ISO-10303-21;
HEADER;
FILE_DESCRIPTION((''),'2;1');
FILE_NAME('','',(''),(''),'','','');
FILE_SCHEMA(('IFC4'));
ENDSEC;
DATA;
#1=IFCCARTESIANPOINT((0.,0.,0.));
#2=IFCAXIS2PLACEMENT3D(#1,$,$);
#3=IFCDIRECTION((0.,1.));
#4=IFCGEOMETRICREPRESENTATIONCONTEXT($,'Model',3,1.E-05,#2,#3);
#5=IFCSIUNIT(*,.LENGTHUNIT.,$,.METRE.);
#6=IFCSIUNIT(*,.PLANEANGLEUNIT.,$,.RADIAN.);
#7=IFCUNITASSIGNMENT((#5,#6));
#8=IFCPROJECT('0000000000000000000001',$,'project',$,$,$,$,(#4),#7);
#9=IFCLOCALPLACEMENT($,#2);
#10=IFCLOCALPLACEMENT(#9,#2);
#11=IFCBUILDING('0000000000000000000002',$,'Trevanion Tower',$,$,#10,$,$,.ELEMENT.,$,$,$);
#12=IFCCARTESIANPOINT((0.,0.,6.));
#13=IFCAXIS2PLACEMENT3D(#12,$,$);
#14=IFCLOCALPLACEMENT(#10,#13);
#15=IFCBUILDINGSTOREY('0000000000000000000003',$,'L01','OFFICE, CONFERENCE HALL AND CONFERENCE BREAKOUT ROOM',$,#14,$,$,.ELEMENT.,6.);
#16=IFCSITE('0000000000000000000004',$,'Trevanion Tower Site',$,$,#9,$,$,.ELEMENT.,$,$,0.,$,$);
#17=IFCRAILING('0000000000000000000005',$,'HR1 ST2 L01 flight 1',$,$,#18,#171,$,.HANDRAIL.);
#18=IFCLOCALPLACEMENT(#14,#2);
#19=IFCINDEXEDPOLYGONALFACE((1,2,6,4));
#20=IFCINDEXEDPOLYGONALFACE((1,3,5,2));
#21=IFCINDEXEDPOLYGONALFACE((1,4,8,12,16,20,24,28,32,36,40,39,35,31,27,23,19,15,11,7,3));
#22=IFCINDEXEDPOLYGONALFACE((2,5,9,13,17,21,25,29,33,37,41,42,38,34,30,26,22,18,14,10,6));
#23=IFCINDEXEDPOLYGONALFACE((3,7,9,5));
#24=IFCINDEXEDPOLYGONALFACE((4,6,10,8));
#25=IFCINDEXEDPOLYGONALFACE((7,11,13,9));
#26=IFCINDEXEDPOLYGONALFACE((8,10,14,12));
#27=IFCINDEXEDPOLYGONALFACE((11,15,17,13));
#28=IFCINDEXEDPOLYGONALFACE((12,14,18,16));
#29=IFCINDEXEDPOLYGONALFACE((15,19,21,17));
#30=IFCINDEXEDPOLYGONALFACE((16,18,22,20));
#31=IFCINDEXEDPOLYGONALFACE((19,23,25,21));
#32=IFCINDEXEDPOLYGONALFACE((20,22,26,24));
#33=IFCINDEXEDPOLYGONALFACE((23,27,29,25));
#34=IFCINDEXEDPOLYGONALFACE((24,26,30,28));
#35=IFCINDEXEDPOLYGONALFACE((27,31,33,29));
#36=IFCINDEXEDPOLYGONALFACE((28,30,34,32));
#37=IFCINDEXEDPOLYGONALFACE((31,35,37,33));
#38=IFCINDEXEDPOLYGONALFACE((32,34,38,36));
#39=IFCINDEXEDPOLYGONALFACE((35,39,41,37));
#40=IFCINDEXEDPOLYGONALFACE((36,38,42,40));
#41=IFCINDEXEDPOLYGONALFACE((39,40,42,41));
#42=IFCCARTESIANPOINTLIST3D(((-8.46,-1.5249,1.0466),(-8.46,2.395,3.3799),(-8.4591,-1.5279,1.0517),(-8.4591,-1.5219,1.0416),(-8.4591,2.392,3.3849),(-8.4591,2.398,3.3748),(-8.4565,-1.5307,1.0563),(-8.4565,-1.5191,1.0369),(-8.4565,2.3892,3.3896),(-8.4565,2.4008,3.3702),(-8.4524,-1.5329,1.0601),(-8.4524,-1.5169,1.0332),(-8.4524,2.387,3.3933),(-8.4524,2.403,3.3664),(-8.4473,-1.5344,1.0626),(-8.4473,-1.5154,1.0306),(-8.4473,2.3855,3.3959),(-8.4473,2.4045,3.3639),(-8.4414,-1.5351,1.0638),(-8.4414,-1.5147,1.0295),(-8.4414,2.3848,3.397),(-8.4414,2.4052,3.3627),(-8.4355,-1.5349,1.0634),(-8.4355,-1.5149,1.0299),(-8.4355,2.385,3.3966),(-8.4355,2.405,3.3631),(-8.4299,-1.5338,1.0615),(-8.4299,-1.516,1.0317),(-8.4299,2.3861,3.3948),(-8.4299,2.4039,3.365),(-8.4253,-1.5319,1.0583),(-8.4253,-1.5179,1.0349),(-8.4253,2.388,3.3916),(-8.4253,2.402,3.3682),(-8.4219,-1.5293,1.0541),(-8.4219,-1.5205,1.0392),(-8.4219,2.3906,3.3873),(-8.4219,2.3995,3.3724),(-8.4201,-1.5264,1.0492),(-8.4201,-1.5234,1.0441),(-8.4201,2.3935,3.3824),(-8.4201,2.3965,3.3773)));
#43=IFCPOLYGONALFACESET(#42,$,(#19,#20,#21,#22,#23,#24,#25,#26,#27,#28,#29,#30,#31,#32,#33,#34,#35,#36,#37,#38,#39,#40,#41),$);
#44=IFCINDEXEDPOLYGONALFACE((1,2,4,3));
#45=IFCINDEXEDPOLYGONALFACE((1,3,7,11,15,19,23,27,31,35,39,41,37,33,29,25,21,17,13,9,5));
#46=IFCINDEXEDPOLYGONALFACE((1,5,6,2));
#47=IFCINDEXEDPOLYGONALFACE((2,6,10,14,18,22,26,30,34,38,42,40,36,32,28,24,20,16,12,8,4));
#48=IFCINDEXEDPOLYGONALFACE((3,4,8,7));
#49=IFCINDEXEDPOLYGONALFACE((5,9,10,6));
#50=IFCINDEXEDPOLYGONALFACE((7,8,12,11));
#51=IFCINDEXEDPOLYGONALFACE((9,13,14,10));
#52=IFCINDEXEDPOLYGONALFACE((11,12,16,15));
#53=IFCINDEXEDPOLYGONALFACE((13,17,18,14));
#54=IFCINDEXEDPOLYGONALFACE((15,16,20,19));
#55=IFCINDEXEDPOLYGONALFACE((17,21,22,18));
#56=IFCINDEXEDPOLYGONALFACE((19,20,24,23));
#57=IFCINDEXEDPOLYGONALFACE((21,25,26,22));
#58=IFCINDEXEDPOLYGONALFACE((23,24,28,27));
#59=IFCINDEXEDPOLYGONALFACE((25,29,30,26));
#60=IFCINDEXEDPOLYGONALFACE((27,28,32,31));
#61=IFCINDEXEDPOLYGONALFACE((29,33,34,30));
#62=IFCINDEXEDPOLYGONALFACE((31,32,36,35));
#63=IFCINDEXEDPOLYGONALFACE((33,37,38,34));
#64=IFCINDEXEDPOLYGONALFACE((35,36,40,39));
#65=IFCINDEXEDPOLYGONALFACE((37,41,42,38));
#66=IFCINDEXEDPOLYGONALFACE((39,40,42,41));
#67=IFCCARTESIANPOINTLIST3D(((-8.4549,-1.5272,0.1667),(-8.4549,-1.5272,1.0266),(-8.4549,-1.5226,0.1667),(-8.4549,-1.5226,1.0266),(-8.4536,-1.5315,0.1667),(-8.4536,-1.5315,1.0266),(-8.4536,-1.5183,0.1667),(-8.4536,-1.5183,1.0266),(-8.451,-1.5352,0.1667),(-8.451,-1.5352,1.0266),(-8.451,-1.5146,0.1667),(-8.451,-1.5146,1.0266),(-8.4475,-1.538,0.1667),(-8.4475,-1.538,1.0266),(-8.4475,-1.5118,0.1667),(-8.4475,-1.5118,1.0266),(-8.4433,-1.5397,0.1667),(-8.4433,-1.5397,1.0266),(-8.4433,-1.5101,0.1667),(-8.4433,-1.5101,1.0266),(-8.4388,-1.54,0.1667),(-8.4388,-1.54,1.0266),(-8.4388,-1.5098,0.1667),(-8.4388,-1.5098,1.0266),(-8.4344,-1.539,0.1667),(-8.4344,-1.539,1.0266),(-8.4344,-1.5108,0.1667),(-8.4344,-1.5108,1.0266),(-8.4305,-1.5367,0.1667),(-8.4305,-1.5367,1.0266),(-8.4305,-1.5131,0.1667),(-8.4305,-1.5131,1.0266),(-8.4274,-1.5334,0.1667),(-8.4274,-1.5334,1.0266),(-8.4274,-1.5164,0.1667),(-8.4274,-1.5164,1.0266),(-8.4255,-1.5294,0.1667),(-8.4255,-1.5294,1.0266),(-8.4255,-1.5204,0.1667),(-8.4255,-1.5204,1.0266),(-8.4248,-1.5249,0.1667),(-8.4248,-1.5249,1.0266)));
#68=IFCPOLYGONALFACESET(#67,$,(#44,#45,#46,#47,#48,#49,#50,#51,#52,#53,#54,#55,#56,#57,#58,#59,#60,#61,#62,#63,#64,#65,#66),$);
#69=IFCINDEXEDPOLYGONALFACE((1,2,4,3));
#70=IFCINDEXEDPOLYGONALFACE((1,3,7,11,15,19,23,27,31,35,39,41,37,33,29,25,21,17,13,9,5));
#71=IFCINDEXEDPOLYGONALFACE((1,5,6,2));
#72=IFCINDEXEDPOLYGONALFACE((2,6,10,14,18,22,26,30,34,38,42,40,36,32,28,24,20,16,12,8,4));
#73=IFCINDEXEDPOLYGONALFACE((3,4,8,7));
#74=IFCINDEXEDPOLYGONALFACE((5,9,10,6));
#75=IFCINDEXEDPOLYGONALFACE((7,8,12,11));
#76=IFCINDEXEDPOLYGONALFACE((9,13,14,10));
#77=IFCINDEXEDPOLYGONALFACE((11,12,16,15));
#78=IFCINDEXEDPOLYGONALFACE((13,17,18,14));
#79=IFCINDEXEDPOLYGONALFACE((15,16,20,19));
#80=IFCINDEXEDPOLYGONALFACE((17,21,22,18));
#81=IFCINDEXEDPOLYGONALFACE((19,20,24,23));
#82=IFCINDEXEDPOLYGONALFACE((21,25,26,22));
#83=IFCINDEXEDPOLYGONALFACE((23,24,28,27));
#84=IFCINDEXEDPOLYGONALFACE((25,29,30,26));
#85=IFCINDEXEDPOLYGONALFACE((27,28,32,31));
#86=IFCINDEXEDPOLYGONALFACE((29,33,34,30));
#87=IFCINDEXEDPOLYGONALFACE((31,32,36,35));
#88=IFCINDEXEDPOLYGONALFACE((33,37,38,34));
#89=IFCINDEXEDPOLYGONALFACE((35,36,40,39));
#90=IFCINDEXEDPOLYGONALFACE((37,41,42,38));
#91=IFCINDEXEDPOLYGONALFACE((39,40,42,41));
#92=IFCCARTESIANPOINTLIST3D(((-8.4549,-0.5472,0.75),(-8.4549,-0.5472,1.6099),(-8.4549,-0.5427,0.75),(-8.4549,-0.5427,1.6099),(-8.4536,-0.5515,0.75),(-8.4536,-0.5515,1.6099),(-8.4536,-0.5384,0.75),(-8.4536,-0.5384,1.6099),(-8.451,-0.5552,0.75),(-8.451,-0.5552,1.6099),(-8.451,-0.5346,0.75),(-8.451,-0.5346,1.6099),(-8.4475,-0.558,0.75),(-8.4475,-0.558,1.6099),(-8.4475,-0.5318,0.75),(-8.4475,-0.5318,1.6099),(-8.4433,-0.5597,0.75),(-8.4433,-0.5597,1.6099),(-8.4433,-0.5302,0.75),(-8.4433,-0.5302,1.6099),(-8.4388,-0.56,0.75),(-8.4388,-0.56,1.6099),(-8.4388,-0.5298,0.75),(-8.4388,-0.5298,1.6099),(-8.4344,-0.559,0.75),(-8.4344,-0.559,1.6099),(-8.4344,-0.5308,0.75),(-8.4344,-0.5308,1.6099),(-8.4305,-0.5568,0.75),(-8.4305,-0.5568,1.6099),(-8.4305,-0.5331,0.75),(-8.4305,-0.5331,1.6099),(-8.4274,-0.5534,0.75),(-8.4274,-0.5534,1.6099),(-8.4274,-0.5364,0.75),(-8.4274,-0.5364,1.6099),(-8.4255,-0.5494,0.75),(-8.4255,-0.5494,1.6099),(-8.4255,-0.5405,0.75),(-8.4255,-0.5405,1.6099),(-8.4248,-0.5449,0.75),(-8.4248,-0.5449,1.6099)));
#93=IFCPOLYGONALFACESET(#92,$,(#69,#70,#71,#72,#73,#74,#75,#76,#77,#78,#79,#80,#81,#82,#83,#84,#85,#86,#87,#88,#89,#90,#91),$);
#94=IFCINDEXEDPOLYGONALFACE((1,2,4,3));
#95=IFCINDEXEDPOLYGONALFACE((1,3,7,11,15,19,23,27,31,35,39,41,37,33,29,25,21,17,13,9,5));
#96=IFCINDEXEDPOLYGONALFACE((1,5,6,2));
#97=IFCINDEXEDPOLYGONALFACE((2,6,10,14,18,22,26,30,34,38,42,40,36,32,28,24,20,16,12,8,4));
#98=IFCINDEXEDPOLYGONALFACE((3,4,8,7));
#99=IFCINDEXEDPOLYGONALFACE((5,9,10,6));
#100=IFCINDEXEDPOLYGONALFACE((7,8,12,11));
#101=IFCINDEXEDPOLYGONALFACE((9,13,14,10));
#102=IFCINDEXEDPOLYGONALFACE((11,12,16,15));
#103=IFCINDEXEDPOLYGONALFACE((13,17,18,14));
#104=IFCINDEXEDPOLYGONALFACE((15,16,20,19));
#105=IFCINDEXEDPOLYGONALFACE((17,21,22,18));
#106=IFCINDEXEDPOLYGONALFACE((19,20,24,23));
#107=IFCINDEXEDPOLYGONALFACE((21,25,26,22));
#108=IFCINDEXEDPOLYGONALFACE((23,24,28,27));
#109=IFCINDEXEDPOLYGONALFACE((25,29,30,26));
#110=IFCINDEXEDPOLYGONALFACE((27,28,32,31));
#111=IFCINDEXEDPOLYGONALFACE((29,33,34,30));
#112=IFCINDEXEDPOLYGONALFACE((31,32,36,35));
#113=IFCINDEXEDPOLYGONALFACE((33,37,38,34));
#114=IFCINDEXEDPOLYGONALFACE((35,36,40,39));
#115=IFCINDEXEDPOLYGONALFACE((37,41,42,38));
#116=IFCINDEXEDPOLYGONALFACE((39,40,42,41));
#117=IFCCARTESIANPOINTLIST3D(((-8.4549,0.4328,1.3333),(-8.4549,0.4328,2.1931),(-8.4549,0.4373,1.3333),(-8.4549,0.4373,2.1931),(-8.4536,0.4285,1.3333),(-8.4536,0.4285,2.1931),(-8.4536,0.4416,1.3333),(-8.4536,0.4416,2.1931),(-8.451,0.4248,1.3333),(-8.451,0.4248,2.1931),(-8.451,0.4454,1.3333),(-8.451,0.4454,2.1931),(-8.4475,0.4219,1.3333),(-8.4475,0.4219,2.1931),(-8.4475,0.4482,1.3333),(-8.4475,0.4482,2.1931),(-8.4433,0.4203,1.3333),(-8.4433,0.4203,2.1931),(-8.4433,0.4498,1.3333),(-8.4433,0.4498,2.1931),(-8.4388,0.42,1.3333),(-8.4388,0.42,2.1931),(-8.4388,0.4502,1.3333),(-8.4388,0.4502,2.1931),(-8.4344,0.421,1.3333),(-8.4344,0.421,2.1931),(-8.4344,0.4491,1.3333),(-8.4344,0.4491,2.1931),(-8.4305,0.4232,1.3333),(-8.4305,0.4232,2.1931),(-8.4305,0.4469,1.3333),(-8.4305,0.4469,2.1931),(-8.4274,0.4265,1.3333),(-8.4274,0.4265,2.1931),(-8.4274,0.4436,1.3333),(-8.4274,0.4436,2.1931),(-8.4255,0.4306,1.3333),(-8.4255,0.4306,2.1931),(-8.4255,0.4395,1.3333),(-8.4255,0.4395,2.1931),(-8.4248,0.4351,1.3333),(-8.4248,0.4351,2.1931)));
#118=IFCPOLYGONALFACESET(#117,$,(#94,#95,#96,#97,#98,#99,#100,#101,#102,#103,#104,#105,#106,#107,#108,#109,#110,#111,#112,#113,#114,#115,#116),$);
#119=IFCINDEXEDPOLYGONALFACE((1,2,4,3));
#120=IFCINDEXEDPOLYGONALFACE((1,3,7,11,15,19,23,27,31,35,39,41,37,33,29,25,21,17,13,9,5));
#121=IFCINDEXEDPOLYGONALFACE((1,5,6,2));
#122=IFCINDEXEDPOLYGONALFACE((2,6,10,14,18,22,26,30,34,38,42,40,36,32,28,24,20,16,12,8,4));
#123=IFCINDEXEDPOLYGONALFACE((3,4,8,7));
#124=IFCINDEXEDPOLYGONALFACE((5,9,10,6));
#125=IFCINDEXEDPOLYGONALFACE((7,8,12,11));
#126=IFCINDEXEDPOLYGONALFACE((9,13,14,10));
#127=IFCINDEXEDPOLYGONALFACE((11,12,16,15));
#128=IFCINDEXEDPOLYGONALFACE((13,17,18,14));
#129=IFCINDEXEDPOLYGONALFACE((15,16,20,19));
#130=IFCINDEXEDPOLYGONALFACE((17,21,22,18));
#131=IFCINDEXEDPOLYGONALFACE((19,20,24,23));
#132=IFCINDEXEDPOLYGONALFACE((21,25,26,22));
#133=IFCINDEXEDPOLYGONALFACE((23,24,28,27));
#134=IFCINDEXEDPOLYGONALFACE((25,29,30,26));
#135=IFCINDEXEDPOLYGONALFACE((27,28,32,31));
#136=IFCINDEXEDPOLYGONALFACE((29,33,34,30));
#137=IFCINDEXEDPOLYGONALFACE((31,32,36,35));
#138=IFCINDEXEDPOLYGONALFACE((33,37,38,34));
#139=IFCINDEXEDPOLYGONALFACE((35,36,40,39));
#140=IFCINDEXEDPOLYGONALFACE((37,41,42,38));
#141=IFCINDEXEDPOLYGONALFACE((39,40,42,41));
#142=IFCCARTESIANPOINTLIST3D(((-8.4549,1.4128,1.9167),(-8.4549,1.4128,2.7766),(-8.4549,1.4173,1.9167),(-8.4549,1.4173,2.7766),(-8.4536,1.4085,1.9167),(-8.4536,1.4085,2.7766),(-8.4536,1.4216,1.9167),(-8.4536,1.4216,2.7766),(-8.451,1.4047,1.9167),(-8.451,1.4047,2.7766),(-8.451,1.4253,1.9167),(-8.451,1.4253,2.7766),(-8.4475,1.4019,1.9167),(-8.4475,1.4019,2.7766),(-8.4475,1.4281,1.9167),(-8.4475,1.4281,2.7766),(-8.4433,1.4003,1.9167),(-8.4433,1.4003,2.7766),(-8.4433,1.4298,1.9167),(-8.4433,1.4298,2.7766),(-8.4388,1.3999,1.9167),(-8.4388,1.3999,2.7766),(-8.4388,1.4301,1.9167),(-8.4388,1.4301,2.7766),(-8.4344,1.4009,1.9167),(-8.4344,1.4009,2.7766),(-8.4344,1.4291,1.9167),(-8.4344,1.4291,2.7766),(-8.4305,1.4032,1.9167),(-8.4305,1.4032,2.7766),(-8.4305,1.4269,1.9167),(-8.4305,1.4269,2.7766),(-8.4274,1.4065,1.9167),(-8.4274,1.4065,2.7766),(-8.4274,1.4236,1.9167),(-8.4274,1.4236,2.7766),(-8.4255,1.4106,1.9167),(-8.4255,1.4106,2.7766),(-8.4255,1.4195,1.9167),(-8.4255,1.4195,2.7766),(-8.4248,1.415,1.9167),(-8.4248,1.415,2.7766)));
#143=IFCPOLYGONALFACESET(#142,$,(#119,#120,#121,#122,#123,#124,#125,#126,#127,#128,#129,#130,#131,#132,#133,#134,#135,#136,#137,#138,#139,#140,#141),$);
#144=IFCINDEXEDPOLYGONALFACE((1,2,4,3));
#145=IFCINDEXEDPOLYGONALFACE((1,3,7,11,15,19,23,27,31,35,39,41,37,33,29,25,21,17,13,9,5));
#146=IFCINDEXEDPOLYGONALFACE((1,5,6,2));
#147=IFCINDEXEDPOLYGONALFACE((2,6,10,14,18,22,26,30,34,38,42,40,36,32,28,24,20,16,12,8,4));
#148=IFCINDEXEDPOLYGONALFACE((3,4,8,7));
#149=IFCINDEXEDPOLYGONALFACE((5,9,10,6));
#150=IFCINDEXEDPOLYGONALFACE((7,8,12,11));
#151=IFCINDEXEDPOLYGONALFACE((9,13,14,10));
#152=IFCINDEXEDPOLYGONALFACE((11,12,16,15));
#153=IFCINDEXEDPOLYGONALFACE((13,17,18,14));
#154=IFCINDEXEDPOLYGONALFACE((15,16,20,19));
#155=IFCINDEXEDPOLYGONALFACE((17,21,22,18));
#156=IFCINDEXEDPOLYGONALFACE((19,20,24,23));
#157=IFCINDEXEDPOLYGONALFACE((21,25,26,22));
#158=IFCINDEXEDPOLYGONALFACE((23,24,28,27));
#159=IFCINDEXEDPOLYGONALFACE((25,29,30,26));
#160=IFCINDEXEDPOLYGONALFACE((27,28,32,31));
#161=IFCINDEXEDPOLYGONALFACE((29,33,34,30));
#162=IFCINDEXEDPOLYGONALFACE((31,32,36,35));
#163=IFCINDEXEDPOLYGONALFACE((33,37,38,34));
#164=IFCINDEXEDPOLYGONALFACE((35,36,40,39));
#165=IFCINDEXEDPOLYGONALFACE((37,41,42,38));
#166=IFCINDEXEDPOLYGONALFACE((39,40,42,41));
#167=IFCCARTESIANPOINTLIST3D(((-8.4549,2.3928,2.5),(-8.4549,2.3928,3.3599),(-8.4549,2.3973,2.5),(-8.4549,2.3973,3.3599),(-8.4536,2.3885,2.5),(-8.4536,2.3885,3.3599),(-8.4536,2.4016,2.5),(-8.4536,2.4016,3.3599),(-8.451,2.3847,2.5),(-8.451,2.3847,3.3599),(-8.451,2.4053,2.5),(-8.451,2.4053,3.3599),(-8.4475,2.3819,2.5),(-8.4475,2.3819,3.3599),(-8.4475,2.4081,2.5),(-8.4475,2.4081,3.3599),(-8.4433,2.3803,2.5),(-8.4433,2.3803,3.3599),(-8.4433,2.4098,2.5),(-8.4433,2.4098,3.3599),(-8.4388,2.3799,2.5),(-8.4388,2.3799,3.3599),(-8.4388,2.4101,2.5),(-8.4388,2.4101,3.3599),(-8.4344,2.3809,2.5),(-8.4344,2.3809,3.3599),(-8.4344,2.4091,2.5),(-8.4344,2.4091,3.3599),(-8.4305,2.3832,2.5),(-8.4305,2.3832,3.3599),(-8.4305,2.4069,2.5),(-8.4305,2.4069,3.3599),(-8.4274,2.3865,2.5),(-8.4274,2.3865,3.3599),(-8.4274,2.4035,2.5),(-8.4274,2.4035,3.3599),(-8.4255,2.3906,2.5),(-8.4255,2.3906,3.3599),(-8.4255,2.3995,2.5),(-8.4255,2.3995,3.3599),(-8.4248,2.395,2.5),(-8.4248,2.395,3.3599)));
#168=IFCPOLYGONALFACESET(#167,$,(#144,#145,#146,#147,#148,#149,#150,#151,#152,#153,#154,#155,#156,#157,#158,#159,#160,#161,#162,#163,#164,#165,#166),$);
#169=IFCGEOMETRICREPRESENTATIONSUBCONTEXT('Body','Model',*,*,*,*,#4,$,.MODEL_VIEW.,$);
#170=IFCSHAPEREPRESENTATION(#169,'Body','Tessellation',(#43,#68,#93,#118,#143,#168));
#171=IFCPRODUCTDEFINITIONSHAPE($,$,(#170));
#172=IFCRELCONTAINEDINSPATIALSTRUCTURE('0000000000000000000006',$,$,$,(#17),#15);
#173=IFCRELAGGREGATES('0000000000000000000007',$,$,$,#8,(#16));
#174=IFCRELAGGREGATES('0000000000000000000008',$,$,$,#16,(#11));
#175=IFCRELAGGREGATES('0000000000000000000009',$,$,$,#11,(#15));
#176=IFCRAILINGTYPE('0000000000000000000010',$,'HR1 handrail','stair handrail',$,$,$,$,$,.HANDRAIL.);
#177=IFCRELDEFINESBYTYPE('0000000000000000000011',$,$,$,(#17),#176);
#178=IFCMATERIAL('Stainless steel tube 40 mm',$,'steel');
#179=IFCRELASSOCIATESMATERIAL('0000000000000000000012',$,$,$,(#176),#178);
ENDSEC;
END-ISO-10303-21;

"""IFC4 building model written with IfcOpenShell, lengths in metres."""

from ifc_helpers import new_model, si_unit, direction, frame, origin, origin_2d, place, context, subcontext, project, spatial, circle, extrude, material, type_object, element, save


model = new_model("IFC4")

# Units and contexts
model_context = context("Model", 3, precision=1e-05, world=origin(), true_north=direction((0.0, 1.0)))
body_context = subcontext(model_context, "Body", "Model", "MODEL_VIEW")
ifc_project = project(units=[si_unit("LENGTHUNIT", "METRE"), si_unit("PLANEANGLEUNIT", "RADIAN")], contexts=[model_context])

# Site, building, storey
site_placement = place(None, origin())
site = spatial("IfcSite", under=ifc_project, at=site_placement, Name="Trevanion Tower Site", CompositionType="ELEMENT", RefElevation=0.0)
building_placement = place(site_placement, origin())
building = spatial("IfcBuilding", under=site, at=building_placement, Name="Trevanion Tower", CompositionType="ELEMENT")
storey_placement = place(building_placement, frame((0.0, 0.0, 6.0)))
storey = spatial("IfcBuildingStorey", under=building, at=storey_placement, Name="L01", Description="OFFICE, CONFERENCE HALL AND CONFERENCE BREAKOUT ROOM", CompositionType="ELEMENT", Elevation=6.0)

# Railing
ifc_material_1 = material(Name="Stainless steel tube 40 mm", Category="steel")
railing_type = type_object("IfcRailingType", Name="HR1 handrail", Description="stair handrail", PredefinedType="HANDRAIL", material=ifc_material_1)
for number, where, name in (
    (1, (-8.4399, -1.5249, 0.1667), "HR1 ST2 L01 flight 1"),
):
    element("IfcRailing", number, at=place(storey_placement, frame(where)), inside=storey, type_object=railing_type, Name=name, PredefinedType="HANDRAIL", context=body_context, shape_type="SweptSolid", body=[
        extrude(circle(Radius=0.02, at=origin_2d()), frame((0.0, 0.0, 0.8799), z_axis=(0.0, 0.859296, 0.511478), x_axis=(-1.0, 0.0, 0.0)), (0.0, 0.0, 1.0), 4.5618),
        extrude(circle(Radius=0.0151, at=origin_2d()), origin(), (0.0, 0.0, 1.0), 0.8599),
        extrude(circle(Radius=0.0151, at=origin_2d()), frame((0.0, 0.98, 0.5833)), (0.0, 0.0, 1.0), 0.8599),
        extrude(circle(Radius=0.0151, at=origin_2d()), frame((0.0, 1.96, 1.1665)), (0.0, 0.0, 1.0), 0.8599),
        extrude(circle(Radius=0.0151, at=origin_2d()), frame((0.0, 2.9399, 1.75)), (0.0, 0.0, 1.0), 0.8599),
        extrude(circle(Radius=0.0151, at=origin_2d()), frame((0.0, 3.9199, 2.3333)), (0.0, 0.0, 1.0), 0.8599),
    ])

save(model, "model.ifc")
